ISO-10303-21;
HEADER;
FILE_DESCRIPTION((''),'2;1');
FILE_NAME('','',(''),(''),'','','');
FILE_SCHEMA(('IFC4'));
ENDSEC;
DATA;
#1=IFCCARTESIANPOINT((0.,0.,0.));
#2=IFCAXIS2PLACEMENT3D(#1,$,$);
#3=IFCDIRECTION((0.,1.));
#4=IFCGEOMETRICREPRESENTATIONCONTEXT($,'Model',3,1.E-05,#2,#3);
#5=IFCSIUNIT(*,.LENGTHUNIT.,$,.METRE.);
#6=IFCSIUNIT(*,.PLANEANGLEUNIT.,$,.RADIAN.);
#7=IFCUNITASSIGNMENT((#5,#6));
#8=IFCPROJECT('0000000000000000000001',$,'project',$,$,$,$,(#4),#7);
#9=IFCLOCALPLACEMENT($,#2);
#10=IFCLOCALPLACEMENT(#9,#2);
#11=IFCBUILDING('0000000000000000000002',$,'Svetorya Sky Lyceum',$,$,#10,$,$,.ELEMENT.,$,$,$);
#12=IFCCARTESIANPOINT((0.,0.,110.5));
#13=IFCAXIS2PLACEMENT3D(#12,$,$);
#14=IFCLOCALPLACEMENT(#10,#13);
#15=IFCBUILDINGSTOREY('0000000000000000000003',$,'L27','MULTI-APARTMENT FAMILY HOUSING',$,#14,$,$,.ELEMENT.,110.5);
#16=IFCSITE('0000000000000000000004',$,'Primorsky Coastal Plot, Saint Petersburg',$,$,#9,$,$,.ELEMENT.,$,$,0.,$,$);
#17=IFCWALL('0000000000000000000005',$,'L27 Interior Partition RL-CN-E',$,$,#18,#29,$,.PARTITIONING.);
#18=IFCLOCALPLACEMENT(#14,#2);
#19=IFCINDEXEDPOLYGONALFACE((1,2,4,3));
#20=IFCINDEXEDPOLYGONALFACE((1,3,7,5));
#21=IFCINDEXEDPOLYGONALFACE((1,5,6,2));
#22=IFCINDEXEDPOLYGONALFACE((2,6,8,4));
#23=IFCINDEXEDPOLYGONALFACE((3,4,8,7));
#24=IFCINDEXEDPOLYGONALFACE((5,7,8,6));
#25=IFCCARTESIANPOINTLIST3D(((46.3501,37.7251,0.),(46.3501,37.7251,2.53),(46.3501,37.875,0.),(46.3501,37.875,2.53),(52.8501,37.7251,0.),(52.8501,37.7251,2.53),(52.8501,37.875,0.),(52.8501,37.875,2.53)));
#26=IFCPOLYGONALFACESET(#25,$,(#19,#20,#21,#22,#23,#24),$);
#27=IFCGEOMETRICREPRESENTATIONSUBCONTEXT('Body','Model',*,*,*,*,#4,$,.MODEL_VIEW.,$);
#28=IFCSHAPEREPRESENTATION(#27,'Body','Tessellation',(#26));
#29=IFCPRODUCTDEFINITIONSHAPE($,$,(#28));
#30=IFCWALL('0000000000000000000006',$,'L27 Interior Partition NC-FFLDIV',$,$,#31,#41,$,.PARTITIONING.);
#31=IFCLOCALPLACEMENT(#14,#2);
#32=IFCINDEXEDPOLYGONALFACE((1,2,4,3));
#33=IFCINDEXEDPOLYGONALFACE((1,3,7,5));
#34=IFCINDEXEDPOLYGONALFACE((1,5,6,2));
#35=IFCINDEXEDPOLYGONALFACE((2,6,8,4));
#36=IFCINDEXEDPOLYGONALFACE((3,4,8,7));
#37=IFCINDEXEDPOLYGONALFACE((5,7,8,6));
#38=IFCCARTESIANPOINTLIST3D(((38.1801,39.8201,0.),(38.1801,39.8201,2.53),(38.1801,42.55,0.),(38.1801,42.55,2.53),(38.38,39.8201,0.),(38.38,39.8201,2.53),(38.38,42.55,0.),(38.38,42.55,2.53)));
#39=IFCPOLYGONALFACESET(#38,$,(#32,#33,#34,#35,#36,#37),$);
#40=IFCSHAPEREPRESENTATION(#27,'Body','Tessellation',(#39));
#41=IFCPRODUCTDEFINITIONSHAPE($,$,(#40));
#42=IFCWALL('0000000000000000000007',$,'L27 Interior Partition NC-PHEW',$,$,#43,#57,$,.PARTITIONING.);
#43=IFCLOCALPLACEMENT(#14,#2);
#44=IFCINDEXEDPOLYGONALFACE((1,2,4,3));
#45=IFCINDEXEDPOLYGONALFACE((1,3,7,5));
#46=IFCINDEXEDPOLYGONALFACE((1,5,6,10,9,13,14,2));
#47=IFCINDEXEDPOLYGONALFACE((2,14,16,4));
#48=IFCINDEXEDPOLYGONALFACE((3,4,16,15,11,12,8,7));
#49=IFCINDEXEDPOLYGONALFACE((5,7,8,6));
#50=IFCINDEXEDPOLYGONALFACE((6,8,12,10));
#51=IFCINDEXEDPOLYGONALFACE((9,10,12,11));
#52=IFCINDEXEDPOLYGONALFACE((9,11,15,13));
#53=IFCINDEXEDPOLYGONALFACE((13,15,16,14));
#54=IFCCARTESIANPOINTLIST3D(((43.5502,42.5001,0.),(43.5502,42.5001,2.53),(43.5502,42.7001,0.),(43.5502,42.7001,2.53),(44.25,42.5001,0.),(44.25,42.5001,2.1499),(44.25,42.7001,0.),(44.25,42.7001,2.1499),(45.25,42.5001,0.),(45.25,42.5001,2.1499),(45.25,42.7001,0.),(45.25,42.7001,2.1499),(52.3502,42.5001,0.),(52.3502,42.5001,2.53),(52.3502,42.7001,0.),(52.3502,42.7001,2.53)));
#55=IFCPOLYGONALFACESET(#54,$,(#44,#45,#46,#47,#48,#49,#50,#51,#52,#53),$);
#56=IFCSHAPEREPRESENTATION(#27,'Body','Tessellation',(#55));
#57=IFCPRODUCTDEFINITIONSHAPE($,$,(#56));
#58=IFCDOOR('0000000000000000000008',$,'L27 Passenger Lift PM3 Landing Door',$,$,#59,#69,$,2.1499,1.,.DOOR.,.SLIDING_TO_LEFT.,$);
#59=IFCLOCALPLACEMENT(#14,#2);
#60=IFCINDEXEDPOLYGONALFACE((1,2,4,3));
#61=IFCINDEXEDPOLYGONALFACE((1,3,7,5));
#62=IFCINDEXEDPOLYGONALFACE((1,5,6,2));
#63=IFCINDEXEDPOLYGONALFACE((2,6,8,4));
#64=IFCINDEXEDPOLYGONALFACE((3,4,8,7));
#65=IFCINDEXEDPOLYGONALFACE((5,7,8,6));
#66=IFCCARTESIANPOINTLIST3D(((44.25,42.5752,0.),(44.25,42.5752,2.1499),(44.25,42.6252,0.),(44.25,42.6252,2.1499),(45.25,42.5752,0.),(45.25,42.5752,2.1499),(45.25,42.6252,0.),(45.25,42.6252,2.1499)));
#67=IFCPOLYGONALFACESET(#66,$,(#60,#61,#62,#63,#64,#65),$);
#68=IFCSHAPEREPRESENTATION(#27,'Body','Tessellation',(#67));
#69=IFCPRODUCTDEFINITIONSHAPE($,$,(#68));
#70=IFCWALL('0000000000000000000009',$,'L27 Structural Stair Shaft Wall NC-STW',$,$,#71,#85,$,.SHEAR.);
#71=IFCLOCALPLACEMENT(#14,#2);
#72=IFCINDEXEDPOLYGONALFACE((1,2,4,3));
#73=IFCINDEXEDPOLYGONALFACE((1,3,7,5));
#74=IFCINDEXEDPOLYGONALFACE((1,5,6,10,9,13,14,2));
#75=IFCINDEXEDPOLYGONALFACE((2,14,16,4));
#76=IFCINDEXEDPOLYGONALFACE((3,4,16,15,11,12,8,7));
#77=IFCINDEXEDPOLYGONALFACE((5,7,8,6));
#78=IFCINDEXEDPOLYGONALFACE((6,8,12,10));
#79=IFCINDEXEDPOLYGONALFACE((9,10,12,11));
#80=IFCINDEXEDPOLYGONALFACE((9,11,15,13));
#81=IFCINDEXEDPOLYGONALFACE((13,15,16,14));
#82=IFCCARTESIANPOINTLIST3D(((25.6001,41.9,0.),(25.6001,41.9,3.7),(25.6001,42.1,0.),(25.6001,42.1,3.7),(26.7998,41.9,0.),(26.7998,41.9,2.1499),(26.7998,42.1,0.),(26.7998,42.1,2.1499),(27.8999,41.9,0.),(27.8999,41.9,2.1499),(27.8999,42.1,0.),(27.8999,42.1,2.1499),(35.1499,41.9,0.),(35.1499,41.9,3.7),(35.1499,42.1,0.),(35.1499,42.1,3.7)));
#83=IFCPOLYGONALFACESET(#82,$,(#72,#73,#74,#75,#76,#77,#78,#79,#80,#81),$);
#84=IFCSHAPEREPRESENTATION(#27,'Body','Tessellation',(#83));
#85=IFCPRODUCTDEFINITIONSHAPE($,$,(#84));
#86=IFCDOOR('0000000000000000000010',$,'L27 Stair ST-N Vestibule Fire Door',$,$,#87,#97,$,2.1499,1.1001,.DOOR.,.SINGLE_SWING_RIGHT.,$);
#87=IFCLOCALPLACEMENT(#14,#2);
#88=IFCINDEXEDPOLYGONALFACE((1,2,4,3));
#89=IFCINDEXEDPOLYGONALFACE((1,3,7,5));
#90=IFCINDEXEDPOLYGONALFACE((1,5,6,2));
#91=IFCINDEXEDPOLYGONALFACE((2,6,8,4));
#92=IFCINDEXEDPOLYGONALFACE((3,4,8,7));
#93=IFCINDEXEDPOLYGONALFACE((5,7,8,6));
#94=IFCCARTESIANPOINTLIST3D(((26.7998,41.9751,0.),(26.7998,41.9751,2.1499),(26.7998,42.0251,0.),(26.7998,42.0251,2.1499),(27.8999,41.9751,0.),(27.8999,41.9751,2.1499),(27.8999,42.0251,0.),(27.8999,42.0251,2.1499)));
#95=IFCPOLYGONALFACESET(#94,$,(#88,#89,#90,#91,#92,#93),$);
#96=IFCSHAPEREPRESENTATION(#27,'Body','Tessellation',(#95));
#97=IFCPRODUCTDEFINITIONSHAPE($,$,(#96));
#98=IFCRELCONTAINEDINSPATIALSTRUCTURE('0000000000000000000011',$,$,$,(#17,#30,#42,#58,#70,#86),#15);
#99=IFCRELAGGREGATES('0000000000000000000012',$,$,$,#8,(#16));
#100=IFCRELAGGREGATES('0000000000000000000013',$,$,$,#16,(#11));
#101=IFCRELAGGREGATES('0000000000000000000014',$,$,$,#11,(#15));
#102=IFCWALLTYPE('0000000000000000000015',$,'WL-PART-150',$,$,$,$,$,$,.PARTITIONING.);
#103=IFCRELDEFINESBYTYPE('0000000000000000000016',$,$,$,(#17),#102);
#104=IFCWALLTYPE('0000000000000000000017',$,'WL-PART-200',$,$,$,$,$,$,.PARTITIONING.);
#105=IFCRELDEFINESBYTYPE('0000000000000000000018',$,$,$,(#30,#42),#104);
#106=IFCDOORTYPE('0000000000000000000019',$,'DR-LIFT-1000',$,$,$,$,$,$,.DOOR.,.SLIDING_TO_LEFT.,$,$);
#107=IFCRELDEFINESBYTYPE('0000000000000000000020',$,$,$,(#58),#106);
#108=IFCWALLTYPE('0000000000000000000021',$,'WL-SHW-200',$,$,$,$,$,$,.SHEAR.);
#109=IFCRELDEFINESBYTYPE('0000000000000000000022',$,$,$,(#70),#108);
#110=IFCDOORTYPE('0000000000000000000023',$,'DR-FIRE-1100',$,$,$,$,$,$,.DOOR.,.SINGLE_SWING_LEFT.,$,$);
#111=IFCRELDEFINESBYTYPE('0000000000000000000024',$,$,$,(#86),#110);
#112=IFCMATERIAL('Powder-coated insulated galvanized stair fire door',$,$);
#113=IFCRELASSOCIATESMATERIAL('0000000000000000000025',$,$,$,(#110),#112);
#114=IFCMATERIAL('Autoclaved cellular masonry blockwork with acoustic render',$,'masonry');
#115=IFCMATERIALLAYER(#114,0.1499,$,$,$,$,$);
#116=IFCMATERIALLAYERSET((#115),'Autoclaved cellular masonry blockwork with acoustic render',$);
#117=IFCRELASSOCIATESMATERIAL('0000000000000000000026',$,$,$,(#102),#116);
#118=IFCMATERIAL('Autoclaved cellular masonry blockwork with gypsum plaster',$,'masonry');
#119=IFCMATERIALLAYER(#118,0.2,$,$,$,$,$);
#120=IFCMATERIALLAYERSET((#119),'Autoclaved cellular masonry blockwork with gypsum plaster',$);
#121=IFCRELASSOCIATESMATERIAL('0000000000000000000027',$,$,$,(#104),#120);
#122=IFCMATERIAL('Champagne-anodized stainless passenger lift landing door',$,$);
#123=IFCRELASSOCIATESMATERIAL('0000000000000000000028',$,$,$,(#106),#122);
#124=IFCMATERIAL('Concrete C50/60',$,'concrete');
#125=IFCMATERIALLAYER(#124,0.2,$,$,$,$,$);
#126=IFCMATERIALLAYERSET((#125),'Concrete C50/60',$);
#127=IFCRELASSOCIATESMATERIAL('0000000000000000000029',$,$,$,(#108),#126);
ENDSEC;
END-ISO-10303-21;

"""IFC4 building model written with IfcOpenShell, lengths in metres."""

from ifc_helpers import new_model, si_unit, direction, frame, frame_2d, origin, place, context, subcontext, project, spatial, rectangle, extrude, material, layer, layer_set, type_object, element, fill, save


model = new_model("IFC4")

# Units and contexts
model_context = context("Model", 3, precision=1e-05, world=origin(), true_north=direction((0.0, 1.0)))
body_context = subcontext(model_context, "Body", "Model", "MODEL_VIEW")
ifc_project = project(units=[si_unit("LENGTHUNIT", "METRE"), si_unit("PLANEANGLEUNIT", "RADIAN")], contexts=[model_context])

# Site, building, storey
site_placement = place(None, origin())
site = spatial("IfcSite", under=ifc_project, at=site_placement, Name="Primorsky Coastal Plot, Saint Petersburg", CompositionType="ELEMENT", RefElevation=0.0)
building_placement = place(site_placement, origin())
building = spatial("IfcBuilding", under=site, at=building_placement, Name="Svetorya Sky Lyceum", CompositionType="ELEMENT")
storey_placement = place(building_placement, frame((0.0, 0.0, 110.5)))
storey = spatial("IfcBuildingStorey", under=building, at=storey_placement, Name="L27", Description="MULTI-APARTMENT FAMILY HOUSING", CompositionType="ELEMENT", Elevation=110.5)

# Shared definitions
ifc_material_1 = material(Name="Concrete C50/60", Category="concrete")

# Shared definitions
ifc_material_2 = material(Name="Powder-coated insulated galvanized stair fire door")
door_type_1 = type_object("IfcDoorType", Name="DR-FIRE-1100", OperationType="SINGLE_SWING_LEFT", PredefinedType="DOOR", material=ifc_material_2)

# Wall
ifc_material_3 = material(Name="Autoclaved cellular masonry blockwork with acoustic render", Category="masonry")
ifc_layer_1 = layer(ifc_material_3, 0.1499)
ifc_layer_set_1 = layer_set([ifc_layer_1], Name="Autoclaved cellular masonry blockwork with acoustic render")
wall_type_1 = type_object("IfcWallType", Name="WL-PART-150", PredefinedType="PARTITIONING", material=ifc_layer_set_1)
wall_1_placement = place(storey_placement, frame((46.3501, 37.8, 0.0), z_axis=(0.0, 0.0, 1.0), x_axis=(1.0, 0.0, 0.0)))
element("IfcWall", 1, at=wall_1_placement, inside=storey, type_object=wall_type_1, Name="L27 Interior Partition RL-CN-E", PredefinedType="PARTITIONING", context=body_context, shape_type="SweptSolid", body=[
    extrude(rectangle(XDim=6.5, YDim=0.1499, at=frame_2d((3.25, 0.0))), origin(), (0.0, 0.0, 1.0), 2.53),
])

# Shared definitions
ifc_material_4 = material(Name="Autoclaved cellular masonry blockwork with gypsum plaster", Category="masonry")
ifc_layer_2 = layer(ifc_material_4, 0.2)
ifc_layer_set_2 = layer_set([ifc_layer_2], Name="Autoclaved cellular masonry blockwork with gypsum plaster")
wall_type_2 = type_object("IfcWallType", Name="WL-PART-200", PredefinedType="PARTITIONING", material=ifc_layer_set_2)

# Wall
wall_2_placement = place(storey_placement, frame((38.28, 39.8201, 0.0), z_axis=(0.0, 0.0, 1.0), x_axis=(0.0, 1.0, 0.0)))
element("IfcWall", 2, at=wall_2_placement, inside=storey, type_object=wall_type_2, Name="L27 Interior Partition NC-FFLDIV", PredefinedType="PARTITIONING", context=body_context, shape_type="SweptSolid", body=[
    extrude(rectangle(XDim=2.73, YDim=0.2, at=frame_2d((1.365, 0.0))), origin(), (0.0, 0.0, 1.0), 2.53),
])

# Shared definitions
ifc_material_5 = material(Name="Champagne-anodized stainless passenger lift landing door")
door_type_2 = type_object("IfcDoorType", Name="DR-LIFT-1000", OperationType="SLIDING_TO_LEFT", PredefinedType="DOOR", material=ifc_material_5)

# Walls, openings, doors
wall_3_placement = place(storey_placement, frame((52.3501, 42.6001, 0.0), z_axis=(0.0, 0.0, 1.0), x_axis=(-1.0, 0.0, 0.0)))
wall_3 = element("IfcWall", 3, at=wall_3_placement, inside=storey, type_object=wall_type_2, Name="L27 Interior Partition NC-PHEW", PredefinedType="PARTITIONING", context=body_context, shape_type="SweptSolid", body=[
    extrude(rectangle(XDim=8.8, YDim=0.2, at=frame_2d((4.3999, 0.0))), origin(), (0.0, 0.0, 1.0), 2.53),
])
opening_1_placement = place(wall_3_placement, frame((7.1001, 0.0, 0.0)))
opening_1 = element("IfcOpeningElement", 4, at=opening_1_placement, cuts=wall_3, PredefinedType="OPENING", context=body_context, shape_type="SweptSolid", body=[
    extrude(rectangle(XDim=1.0, YDim=2.1499, at=frame_2d((0.5, 1.075))), frame((0.0, 0.1099, 0.0), z_axis=(0.0, -1.0, 0.0), x_axis=(1.0, 0.0, 0.0)), (0.0, 0.0, 1.0), 0.22),
])
door_1_placement = place(opening_1_placement, origin())
door_1 = element("IfcDoor", 5, at=door_1_placement, inside=storey, type_object=door_type_2, Name="L27 Passenger Lift PM3 Landing Door", OperationType="SLIDING_TO_LEFT", OverallHeight=2.1499, OverallWidth=1.0, PredefinedType="DOOR", context=body_context, shape_type="SweptSolid", body=[
    extrude(rectangle(XDim=1.0, YDim=2.1499, at=frame_2d((0.5, 1.075))), frame((0.0, 0.0249, 0.0), z_axis=(0.0, -1.0, 0.0), x_axis=(1.0, 0.0, 0.0)), (0.0, 0.0, 1.0), 0.05),
])
fill(opening_1, door_1)
ifc_layer_3 = layer(ifc_material_1, 0.2)
ifc_layer_set_3 = layer_set([ifc_layer_3], Name="Concrete C50/60")
wall_type_3 = type_object("IfcWallType", Name="WL-SHW-200", PredefinedType="SHEAR", material=ifc_layer_set_3)
wall_4_placement = place(storey_placement, frame((35.1499, 42.0, 0.0), z_axis=(0.0, 0.0, 1.0), x_axis=(-1.0, 0.0, 0.0)))
wall_4 = element("IfcWall", 6, at=wall_4_placement, inside=storey, type_object=wall_type_3, Name="L27 Structural Stair Shaft Wall NC-STW", PredefinedType="SHEAR", context=body_context, shape_type="SweptSolid", body=[
    extrude(rectangle(XDim=9.5498, YDim=0.2, at=frame_2d((4.7749, 0.0))), origin(), (0.0, 0.0, 1.0), 3.7),
])
opening_2_placement = place(wall_4_placement, frame((7.25, 0.0, 0.0)))
opening_2 = element("IfcOpeningElement", 7, at=opening_2_placement, cuts=wall_4, PredefinedType="OPENING", context=body_context, shape_type="SweptSolid", body=[
    extrude(rectangle(XDim=1.1001, YDim=2.1499, at=frame_2d((0.55, 1.075))), frame((0.0, 0.1099, 0.0), z_axis=(0.0, -1.0, 0.0), x_axis=(1.0, 0.0, 0.0)), (0.0, 0.0, 1.0), 0.22),
])
door_2_placement = place(opening_2_placement, origin())
door_2 = element("IfcDoor", 8, at=door_2_placement, inside=storey, type_object=door_type_1, Name="L27 Stair ST-N Vestibule Fire Door", OperationType="SINGLE_SWING_RIGHT", OverallHeight=2.1499, OverallWidth=1.1001, PredefinedType="DOOR", context=body_context, shape_type="SweptSolid", body=[
    extrude(rectangle(XDim=1.1001, YDim=2.1499, at=frame_2d((0.55, 1.075))), frame((0.0, 0.0249, 0.0), z_axis=(0.0, -1.0, 0.0), x_axis=(1.0, 0.0, 0.0)), (0.0, 0.0, 1.0), 0.05),
])
fill(opening_2, door_2)

save(model, "model.ifc")
